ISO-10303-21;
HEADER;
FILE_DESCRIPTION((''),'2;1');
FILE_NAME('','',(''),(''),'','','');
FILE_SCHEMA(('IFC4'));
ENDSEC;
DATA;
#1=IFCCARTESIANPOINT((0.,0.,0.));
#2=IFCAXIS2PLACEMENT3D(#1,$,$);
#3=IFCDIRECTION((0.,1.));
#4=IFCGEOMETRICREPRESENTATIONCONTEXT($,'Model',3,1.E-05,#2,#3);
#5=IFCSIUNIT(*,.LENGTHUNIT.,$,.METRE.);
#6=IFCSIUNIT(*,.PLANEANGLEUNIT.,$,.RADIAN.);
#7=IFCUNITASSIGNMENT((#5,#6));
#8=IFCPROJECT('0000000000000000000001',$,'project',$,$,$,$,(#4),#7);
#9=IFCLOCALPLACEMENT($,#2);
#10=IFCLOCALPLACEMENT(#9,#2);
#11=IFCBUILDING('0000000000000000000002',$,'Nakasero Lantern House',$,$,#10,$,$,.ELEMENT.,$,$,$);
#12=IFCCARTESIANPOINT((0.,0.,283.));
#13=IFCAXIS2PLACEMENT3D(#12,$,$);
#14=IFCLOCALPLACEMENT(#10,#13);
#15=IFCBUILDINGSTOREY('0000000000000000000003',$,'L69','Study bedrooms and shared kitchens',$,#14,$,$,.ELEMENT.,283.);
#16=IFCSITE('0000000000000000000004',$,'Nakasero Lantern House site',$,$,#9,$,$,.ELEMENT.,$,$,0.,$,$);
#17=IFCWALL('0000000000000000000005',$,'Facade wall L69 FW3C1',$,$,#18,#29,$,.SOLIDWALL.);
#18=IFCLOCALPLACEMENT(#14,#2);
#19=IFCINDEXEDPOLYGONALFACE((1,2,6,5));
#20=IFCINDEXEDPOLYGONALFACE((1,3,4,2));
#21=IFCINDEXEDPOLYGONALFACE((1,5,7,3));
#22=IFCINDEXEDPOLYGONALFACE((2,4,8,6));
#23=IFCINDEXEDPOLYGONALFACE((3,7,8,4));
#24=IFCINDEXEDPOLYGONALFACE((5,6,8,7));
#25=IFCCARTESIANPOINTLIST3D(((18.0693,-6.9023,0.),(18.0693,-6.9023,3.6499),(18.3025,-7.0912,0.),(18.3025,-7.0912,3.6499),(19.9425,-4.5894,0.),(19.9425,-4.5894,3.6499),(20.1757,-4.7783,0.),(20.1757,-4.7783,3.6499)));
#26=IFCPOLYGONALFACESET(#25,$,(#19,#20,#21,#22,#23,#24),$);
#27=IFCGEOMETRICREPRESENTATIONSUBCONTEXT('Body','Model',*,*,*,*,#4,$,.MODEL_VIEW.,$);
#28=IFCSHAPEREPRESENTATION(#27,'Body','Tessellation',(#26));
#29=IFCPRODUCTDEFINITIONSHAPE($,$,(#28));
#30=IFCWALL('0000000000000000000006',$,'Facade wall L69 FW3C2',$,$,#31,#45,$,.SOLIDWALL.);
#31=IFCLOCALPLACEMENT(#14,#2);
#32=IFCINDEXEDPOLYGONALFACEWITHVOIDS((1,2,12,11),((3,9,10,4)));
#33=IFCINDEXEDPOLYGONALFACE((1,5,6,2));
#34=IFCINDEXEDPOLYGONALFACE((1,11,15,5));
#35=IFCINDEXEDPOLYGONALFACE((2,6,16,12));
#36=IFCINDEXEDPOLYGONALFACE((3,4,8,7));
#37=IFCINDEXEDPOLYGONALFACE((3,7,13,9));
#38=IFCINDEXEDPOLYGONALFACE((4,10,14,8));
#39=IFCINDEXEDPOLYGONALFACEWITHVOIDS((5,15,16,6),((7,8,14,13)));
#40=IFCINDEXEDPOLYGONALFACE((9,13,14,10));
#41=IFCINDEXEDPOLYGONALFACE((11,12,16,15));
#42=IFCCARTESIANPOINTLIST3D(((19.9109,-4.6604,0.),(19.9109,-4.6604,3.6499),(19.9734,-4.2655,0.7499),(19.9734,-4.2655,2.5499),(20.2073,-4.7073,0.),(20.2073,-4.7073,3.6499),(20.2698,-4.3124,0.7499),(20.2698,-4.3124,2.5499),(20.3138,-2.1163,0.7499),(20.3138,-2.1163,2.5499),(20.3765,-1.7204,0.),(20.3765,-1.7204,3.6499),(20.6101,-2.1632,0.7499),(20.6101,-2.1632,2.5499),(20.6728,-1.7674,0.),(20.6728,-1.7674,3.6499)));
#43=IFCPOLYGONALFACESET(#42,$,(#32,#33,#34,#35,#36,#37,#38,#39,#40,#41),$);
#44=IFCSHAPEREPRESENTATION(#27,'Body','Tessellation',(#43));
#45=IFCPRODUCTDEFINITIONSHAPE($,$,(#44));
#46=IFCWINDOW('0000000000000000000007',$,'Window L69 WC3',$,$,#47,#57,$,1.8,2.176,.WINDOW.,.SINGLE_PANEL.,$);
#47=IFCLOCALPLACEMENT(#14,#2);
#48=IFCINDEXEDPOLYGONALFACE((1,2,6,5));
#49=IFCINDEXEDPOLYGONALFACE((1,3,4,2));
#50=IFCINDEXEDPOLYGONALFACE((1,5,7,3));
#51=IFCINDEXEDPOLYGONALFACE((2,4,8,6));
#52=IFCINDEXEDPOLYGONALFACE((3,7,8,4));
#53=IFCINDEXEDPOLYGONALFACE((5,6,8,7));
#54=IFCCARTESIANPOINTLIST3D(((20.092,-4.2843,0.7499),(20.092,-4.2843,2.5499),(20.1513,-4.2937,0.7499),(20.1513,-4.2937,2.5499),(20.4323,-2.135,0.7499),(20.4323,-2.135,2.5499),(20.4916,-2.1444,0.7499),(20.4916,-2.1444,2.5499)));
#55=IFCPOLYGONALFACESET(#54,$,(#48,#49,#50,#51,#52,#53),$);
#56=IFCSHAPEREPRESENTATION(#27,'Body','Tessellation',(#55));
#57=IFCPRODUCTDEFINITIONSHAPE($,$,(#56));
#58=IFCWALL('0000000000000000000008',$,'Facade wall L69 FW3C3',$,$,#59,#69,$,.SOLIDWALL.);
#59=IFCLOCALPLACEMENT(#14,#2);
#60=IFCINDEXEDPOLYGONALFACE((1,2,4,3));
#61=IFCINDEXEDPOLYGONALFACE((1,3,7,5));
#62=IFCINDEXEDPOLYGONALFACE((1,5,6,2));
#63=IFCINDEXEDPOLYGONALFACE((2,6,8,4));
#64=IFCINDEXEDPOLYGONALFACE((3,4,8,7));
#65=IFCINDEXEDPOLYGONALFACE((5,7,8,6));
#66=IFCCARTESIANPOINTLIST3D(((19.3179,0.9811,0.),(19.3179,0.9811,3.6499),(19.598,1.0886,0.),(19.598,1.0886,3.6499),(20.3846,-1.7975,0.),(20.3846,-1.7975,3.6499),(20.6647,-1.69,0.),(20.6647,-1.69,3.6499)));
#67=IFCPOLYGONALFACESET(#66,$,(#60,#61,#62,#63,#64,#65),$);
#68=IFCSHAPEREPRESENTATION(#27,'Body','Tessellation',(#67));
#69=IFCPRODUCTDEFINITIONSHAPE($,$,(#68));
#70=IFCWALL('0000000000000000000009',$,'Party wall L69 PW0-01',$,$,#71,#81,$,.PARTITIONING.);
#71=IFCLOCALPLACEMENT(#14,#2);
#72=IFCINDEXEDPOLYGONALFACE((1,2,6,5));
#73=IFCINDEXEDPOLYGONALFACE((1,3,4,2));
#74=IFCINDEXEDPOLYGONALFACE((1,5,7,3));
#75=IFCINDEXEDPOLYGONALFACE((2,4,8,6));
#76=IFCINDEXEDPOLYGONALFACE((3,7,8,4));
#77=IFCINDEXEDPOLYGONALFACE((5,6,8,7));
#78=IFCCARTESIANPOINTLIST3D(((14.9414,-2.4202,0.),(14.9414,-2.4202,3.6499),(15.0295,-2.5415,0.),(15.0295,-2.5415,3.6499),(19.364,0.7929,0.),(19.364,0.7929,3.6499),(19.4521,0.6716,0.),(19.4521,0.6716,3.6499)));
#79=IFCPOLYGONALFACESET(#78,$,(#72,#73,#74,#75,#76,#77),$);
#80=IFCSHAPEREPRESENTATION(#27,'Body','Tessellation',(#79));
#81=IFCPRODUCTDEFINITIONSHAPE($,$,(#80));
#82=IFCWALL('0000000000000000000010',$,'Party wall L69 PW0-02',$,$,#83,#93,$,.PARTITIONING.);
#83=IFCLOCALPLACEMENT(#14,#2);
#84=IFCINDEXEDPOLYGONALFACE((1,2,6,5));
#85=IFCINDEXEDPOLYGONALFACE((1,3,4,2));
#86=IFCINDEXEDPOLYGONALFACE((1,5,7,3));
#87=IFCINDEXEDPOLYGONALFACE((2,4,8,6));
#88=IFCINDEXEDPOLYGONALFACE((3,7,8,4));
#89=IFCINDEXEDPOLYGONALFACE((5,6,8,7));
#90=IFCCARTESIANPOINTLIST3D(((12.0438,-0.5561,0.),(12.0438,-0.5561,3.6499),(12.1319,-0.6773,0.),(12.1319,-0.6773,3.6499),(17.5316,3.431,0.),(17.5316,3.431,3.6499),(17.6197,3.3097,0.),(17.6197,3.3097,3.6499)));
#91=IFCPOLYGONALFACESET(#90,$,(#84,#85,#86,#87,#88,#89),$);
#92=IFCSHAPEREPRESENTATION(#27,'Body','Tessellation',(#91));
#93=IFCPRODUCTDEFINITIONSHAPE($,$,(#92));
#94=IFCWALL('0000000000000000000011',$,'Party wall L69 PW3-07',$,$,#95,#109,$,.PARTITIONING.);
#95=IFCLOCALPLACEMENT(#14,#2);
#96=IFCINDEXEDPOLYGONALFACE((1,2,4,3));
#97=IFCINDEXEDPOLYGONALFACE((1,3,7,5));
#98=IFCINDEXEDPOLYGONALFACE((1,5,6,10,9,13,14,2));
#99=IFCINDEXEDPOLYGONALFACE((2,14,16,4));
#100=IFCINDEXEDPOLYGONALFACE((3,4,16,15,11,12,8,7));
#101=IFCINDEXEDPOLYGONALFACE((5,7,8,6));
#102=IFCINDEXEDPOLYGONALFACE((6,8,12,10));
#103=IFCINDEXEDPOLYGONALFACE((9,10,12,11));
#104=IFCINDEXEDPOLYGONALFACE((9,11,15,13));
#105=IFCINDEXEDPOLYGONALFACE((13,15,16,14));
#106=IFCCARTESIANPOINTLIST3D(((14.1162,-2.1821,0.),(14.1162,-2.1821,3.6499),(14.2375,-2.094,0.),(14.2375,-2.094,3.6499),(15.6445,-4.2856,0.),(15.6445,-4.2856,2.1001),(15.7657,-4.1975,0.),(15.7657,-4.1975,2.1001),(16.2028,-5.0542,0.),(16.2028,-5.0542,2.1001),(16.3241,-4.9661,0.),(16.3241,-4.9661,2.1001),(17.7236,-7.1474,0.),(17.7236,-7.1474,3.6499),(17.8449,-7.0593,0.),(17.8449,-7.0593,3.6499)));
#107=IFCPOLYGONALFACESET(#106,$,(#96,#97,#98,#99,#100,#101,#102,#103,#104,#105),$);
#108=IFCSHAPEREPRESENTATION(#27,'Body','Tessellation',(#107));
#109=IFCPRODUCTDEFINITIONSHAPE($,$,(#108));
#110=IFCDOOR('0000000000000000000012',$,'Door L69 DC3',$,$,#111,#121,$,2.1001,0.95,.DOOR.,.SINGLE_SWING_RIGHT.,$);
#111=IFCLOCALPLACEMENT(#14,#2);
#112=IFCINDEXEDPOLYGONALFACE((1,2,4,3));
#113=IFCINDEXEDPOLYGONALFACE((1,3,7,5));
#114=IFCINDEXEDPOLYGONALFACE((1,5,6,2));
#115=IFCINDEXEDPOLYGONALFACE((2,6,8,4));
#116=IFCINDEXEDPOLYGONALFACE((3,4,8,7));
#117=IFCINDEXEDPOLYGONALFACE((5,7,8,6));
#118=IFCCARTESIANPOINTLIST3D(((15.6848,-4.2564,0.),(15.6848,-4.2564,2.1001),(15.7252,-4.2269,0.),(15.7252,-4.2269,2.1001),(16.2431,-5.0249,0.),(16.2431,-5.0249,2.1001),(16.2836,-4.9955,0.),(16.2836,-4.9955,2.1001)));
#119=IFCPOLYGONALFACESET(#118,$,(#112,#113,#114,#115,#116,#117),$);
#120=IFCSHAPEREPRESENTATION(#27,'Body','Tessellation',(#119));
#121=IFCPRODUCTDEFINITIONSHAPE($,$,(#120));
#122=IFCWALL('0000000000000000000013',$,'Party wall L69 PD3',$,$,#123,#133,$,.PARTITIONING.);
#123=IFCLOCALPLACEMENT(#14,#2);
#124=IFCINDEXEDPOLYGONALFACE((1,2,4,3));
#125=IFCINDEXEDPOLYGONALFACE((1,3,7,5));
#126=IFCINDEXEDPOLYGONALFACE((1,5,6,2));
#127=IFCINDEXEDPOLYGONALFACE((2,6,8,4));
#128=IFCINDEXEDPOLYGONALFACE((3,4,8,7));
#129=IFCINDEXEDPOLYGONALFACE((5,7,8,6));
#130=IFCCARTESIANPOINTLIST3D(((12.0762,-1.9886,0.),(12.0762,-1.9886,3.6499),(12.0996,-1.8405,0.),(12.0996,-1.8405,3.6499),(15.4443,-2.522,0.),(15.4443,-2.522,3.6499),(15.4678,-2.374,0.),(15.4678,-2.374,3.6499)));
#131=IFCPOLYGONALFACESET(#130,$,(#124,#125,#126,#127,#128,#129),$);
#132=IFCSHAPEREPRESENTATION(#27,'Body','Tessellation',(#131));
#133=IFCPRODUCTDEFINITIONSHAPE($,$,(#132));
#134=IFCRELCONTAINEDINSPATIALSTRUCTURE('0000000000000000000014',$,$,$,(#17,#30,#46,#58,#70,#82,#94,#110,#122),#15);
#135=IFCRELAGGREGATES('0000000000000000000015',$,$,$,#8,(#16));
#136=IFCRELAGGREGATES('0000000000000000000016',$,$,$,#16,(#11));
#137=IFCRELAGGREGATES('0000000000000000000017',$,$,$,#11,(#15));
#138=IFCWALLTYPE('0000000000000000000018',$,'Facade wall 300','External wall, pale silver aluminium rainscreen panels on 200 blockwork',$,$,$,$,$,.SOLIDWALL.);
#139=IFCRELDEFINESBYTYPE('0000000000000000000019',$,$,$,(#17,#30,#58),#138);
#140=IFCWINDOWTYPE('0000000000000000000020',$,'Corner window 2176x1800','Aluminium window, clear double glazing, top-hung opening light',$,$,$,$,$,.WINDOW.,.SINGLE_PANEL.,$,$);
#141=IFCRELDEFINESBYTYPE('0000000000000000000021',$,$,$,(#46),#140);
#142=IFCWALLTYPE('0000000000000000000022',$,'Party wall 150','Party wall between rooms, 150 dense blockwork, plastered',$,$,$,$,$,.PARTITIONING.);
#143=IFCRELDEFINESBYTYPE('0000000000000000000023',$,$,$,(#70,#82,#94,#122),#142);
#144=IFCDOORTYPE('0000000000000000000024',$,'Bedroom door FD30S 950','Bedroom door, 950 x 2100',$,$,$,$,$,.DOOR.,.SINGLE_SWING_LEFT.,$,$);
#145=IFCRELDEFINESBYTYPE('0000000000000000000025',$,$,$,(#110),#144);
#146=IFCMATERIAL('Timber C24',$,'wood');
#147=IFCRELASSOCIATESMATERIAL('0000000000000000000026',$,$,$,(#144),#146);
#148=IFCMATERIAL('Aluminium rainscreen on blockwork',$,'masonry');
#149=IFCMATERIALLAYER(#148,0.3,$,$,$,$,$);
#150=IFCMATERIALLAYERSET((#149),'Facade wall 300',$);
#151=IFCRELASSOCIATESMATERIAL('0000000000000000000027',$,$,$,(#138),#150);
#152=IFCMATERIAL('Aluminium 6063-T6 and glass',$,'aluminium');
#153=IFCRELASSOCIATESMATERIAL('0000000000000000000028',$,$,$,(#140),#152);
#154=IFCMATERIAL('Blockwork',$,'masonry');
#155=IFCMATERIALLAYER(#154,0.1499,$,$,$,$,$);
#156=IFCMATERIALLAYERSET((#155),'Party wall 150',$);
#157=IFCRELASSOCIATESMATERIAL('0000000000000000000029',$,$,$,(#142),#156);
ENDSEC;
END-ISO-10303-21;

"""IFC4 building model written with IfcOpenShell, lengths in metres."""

from ifc_helpers import new_model, si_unit, direction, frame, frame_2d, origin, place, context, subcontext, project, spatial, rectangle, extrude, material, layer, layer_set, type_object, element, fill, save


model = new_model("IFC4")

# Units and contexts
model_context = context("Model", 3, precision=1e-05, world=origin(), true_north=direction((0.0, 1.0)))
body_context = subcontext(model_context, "Body", "Model", "MODEL_VIEW")
ifc_project = project(units=[si_unit("LENGTHUNIT", "METRE"), si_unit("PLANEANGLEUNIT", "RADIAN")], contexts=[model_context])

# Site, building, storey
site_placement = place(None, origin())
site = spatial("IfcSite", under=ifc_project, at=site_placement, Name="Nakasero Lantern House site", CompositionType="ELEMENT", RefElevation=0.0)
building_placement = place(site_placement, origin())
building = spatial("IfcBuilding", under=site, at=building_placement, Name="Nakasero Lantern House", CompositionType="ELEMENT")
storey_placement = place(building_placement, frame((0.0, 0.0, 283.0)))
storey = spatial("IfcBuildingStorey", under=building, at=storey_placement, Name="L69", Description="Study bedrooms and shared kitchens", CompositionType="ELEMENT", Elevation=283.0)

# Shared definitions
ifc_material_1 = material(Name="Timber C24", Category="wood")
door_type_1 = type_object("IfcDoorType", Name="Bedroom door FD30S 950", Description="Bedroom door, 950 x 2100", OperationType="SINGLE_SWING_LEFT", PredefinedType="DOOR", material=ifc_material_1)

# Wall
ifc_material_2 = material(Name="Aluminium rainscreen on blockwork", Category="masonry")
ifc_layer_1 = layer(ifc_material_2, 0.3)
ifc_layer_set_1 = layer_set([ifc_layer_1], Name="Facade wall 300")
wall_type_1 = type_object("IfcWallType", Name="Facade wall 300", Description="External wall, pale silver aluminium rainscreen panels on 200 blockwork", PredefinedType="SOLIDWALL", material=ifc_layer_set_1)
wall_1_placement = place(storey_placement, frame((18.1858, -6.9968, 0.0), z_axis=(0.0, 0.0, 1.0), x_axis=(0.629375, 0.777102, 0.0)))
element("IfcWall", 1, at=wall_1_placement, inside=storey, type_object=wall_type_1, Name="Facade wall L69 FW3C1", PredefinedType="SOLIDWALL", context=body_context, shape_type="SweptSolid", body=[
    extrude(rectangle(XDim=2.9763, YDim=0.3, at=frame_2d((1.4883, 0.0))), origin(), (0.0, 0.0, 1.0), 3.6499),
])

# Wall, opening, window
wall_2_placement = place(storey_placement, frame((20.0591, -4.6838, 0.0), z_axis=(0.0, 0.0, 1.0), x_axis=(0.156413, 0.987692, 0.0)))
wall_2 = element("IfcWall", 2, at=wall_2_placement, inside=storey, type_object=wall_type_1, Name="Facade wall L69 FW3C2", PredefinedType="SOLIDWALL", context=body_context, shape_type="SweptSolid", body=[
    extrude(rectangle(XDim=2.9766, YDim=0.3, at=frame_2d((1.4883, 0.0))), origin(), (0.0, 0.0, 1.0), 3.6499),
])
opening_1_placement = place(wall_2_placement, frame((0.3999, 0.0, 0.75)))
opening_1 = element("IfcOpeningElement", 3, at=opening_1_placement, cuts=wall_2, PredefinedType="OPENING", context=body_context, shape_type="SweptSolid", body=[
    extrude(rectangle(XDim=2.176, YDim=1.8, at=frame_2d((1.0879, 0.8999))), frame((0.0, 0.1699, 0.0), z_axis=(0.0, -1.0, 0.0), x_axis=(1.0, 0.0, 0.0)), (0.0, 0.0, 1.0), 0.3401),
])
ifc_material_3 = material(Name="Aluminium 6063-T6 and glass", Category="aluminium")
window_type = type_object("IfcWindowType", Name="Corner window 2176x1800", Description="Aluminium window, clear double glazing, top-hung opening light", PartitioningType="SINGLE_PANEL", PredefinedType="WINDOW", material=ifc_material_3)
window_placement = place(opening_1_placement, origin())
window = element("IfcWindow", 4, at=window_placement, inside=storey, type_object=window_type, Name="Window L69 WC3", OverallHeight=1.8, OverallWidth=2.176, PartitioningType="SINGLE_PANEL", PredefinedType="WINDOW", context=body_context, shape_type="SweptSolid", body=[
    extrude(rectangle(XDim=2.176, YDim=1.8, at=frame_2d((1.0879, 0.8999))), frame((0.0, 0.03, 0.0), z_axis=(0.0, -1.0, 0.0), x_axis=(1.0, 0.0, 0.0)), (0.0, 0.0, 1.0), 0.0601),
])
fill(opening_1, window)

# Walls
wall_3_placement = place(storey_placement, frame((20.5247, -1.7439, 0.0), z_axis=(0.0, 0.0, 1.0), x_axis=(-0.358385, 0.933574, 0.0)))
element("IfcWall", 5, at=wall_3_placement, inside=storey, type_object=wall_type_1, Name="Facade wall L69 FW3C3", PredefinedType="SOLIDWALL", context=body_context, shape_type="SweptSolid", body=[
    extrude(rectangle(XDim=2.9763, YDim=0.3, at=frame_2d((1.4883, 0.0))), origin(), (0.0, 0.0, 1.0), 3.6499),
])
ifc_material_4 = material(Name="Blockwork", Category="masonry")
ifc_layer_2 = layer(ifc_material_4, 0.1499)
ifc_layer_set_2 = layer_set([ifc_layer_2], Name="Party wall 150")
wall_type_2 = type_object("IfcWallType", Name="Party wall 150", Description="Party wall between rooms, 150 dense blockwork, plastered", PredefinedType="PARTITIONING", material=ifc_layer_set_2)
wall_4_placement = place(storey_placement, frame((14.9854, -2.481, 0.0), z_axis=(0.0, 0.0, 1.0), x_axis=(0.809024, 0.587776, 0.0)))
element("IfcWall", 6, at=wall_4_placement, inside=storey, type_object=wall_type_2, Name="Party wall L69 PW0-01", PredefinedType="PARTITIONING", context=body_context, shape_type="SweptSolid", body=[
    extrude(rectangle(XDim=5.4666, YDim=0.1499, at=frame_2d((2.7334, 0.0))), origin(), (0.0, 0.0, 1.0), 3.6499),
])
wall_5_placement = place(storey_placement, frame((12.0879, -0.6167, 0.0), z_axis=(0.0, 0.0, 1.0), x_axis=(0.809021, 0.58778, 0.0)))
element("IfcWall", 7, at=wall_5_placement, inside=storey, type_object=wall_type_2, Name="Party wall L69 PW0-02", PredefinedType="PARTITIONING", context=body_context, shape_type="SweptSolid", body=[
    extrude(rectangle(XDim=6.7832, YDim=0.1499, at=frame_2d((3.3916, 0.0))), origin(), (0.0, 0.0, 1.0), 3.6499),
])

# Wall, opening, door
wall_6_placement = place(storey_placement, frame((14.1768, -2.1379, 0.0), z_axis=(0.0, 0.0, 1.0), x_axis=(0.587774, -0.809025, 0.0)))
wall_6 = element("IfcWall", 8, at=wall_6_placement, inside=storey, type_object=wall_type_2, Name="Party wall L69 PW3-07", PredefinedType="PARTITIONING", context=body_context, shape_type="SweptSolid", body=[
    extrude(rectangle(XDim=6.1375, YDim=0.1499, at=frame_2d((3.0688, 0.0))), origin(), (0.0, 0.0, 1.0), 3.6499),
])
opening_2_placement = place(wall_6_placement, frame((2.6001, 0.0, 0.0)))
opening_2 = element("IfcOpeningElement", 9, at=opening_2_placement, cuts=wall_6, PredefinedType="OPENING", context=body_context, shape_type="SweptSolid", body=[
    extrude(rectangle(XDim=0.95, YDim=2.1001, at=frame_2d((0.4751, 1.05))), frame((0.0, 0.095, 0.0), z_axis=(0.0, -1.0, 0.0), x_axis=(1.0, 0.0, 0.0)), (0.0, 0.0, 1.0), 0.1899),
])
door_1_placement = place(opening_2_placement, origin())
door_1 = element("IfcDoor", 10, at=door_1_placement, inside=storey, type_object=door_type_1, Name="Door L69 DC3", OperationType="SINGLE_SWING_RIGHT", OverallHeight=2.1001, OverallWidth=0.95, PredefinedType="DOOR", context=body_context, shape_type="SweptSolid", body=[
    extrude(rectangle(XDim=0.95, YDim=2.1001, at=frame_2d((0.4751, 1.05))), frame((0.0, 0.0249, 0.0), z_axis=(0.0, -1.0, 0.0), x_axis=(1.0, 0.0, 0.0)), (0.0, 0.0, 1.0), 0.05),
])
fill(opening_2, door_1)

# Wall
wall_7_placement = place(storey_placement, frame((12.0879, -1.9146, 0.0), z_axis=(0.0, 0.0, 1.0), x_axis=(0.987689, -0.156429, 0.0)))
element("IfcWall", 11, at=wall_7_placement, inside=storey, type_object=wall_type_2, Name="Party wall L69 PD3", PredefinedType="PARTITIONING", context=body_context, shape_type="SweptSolid", body=[
    extrude(rectangle(XDim=3.4102, YDim=0.1499, at=frame_2d((1.7051, 0.0))), origin(), (0.0, 0.0, 1.0), 3.6499),
])

save(model, "model.ifc")
